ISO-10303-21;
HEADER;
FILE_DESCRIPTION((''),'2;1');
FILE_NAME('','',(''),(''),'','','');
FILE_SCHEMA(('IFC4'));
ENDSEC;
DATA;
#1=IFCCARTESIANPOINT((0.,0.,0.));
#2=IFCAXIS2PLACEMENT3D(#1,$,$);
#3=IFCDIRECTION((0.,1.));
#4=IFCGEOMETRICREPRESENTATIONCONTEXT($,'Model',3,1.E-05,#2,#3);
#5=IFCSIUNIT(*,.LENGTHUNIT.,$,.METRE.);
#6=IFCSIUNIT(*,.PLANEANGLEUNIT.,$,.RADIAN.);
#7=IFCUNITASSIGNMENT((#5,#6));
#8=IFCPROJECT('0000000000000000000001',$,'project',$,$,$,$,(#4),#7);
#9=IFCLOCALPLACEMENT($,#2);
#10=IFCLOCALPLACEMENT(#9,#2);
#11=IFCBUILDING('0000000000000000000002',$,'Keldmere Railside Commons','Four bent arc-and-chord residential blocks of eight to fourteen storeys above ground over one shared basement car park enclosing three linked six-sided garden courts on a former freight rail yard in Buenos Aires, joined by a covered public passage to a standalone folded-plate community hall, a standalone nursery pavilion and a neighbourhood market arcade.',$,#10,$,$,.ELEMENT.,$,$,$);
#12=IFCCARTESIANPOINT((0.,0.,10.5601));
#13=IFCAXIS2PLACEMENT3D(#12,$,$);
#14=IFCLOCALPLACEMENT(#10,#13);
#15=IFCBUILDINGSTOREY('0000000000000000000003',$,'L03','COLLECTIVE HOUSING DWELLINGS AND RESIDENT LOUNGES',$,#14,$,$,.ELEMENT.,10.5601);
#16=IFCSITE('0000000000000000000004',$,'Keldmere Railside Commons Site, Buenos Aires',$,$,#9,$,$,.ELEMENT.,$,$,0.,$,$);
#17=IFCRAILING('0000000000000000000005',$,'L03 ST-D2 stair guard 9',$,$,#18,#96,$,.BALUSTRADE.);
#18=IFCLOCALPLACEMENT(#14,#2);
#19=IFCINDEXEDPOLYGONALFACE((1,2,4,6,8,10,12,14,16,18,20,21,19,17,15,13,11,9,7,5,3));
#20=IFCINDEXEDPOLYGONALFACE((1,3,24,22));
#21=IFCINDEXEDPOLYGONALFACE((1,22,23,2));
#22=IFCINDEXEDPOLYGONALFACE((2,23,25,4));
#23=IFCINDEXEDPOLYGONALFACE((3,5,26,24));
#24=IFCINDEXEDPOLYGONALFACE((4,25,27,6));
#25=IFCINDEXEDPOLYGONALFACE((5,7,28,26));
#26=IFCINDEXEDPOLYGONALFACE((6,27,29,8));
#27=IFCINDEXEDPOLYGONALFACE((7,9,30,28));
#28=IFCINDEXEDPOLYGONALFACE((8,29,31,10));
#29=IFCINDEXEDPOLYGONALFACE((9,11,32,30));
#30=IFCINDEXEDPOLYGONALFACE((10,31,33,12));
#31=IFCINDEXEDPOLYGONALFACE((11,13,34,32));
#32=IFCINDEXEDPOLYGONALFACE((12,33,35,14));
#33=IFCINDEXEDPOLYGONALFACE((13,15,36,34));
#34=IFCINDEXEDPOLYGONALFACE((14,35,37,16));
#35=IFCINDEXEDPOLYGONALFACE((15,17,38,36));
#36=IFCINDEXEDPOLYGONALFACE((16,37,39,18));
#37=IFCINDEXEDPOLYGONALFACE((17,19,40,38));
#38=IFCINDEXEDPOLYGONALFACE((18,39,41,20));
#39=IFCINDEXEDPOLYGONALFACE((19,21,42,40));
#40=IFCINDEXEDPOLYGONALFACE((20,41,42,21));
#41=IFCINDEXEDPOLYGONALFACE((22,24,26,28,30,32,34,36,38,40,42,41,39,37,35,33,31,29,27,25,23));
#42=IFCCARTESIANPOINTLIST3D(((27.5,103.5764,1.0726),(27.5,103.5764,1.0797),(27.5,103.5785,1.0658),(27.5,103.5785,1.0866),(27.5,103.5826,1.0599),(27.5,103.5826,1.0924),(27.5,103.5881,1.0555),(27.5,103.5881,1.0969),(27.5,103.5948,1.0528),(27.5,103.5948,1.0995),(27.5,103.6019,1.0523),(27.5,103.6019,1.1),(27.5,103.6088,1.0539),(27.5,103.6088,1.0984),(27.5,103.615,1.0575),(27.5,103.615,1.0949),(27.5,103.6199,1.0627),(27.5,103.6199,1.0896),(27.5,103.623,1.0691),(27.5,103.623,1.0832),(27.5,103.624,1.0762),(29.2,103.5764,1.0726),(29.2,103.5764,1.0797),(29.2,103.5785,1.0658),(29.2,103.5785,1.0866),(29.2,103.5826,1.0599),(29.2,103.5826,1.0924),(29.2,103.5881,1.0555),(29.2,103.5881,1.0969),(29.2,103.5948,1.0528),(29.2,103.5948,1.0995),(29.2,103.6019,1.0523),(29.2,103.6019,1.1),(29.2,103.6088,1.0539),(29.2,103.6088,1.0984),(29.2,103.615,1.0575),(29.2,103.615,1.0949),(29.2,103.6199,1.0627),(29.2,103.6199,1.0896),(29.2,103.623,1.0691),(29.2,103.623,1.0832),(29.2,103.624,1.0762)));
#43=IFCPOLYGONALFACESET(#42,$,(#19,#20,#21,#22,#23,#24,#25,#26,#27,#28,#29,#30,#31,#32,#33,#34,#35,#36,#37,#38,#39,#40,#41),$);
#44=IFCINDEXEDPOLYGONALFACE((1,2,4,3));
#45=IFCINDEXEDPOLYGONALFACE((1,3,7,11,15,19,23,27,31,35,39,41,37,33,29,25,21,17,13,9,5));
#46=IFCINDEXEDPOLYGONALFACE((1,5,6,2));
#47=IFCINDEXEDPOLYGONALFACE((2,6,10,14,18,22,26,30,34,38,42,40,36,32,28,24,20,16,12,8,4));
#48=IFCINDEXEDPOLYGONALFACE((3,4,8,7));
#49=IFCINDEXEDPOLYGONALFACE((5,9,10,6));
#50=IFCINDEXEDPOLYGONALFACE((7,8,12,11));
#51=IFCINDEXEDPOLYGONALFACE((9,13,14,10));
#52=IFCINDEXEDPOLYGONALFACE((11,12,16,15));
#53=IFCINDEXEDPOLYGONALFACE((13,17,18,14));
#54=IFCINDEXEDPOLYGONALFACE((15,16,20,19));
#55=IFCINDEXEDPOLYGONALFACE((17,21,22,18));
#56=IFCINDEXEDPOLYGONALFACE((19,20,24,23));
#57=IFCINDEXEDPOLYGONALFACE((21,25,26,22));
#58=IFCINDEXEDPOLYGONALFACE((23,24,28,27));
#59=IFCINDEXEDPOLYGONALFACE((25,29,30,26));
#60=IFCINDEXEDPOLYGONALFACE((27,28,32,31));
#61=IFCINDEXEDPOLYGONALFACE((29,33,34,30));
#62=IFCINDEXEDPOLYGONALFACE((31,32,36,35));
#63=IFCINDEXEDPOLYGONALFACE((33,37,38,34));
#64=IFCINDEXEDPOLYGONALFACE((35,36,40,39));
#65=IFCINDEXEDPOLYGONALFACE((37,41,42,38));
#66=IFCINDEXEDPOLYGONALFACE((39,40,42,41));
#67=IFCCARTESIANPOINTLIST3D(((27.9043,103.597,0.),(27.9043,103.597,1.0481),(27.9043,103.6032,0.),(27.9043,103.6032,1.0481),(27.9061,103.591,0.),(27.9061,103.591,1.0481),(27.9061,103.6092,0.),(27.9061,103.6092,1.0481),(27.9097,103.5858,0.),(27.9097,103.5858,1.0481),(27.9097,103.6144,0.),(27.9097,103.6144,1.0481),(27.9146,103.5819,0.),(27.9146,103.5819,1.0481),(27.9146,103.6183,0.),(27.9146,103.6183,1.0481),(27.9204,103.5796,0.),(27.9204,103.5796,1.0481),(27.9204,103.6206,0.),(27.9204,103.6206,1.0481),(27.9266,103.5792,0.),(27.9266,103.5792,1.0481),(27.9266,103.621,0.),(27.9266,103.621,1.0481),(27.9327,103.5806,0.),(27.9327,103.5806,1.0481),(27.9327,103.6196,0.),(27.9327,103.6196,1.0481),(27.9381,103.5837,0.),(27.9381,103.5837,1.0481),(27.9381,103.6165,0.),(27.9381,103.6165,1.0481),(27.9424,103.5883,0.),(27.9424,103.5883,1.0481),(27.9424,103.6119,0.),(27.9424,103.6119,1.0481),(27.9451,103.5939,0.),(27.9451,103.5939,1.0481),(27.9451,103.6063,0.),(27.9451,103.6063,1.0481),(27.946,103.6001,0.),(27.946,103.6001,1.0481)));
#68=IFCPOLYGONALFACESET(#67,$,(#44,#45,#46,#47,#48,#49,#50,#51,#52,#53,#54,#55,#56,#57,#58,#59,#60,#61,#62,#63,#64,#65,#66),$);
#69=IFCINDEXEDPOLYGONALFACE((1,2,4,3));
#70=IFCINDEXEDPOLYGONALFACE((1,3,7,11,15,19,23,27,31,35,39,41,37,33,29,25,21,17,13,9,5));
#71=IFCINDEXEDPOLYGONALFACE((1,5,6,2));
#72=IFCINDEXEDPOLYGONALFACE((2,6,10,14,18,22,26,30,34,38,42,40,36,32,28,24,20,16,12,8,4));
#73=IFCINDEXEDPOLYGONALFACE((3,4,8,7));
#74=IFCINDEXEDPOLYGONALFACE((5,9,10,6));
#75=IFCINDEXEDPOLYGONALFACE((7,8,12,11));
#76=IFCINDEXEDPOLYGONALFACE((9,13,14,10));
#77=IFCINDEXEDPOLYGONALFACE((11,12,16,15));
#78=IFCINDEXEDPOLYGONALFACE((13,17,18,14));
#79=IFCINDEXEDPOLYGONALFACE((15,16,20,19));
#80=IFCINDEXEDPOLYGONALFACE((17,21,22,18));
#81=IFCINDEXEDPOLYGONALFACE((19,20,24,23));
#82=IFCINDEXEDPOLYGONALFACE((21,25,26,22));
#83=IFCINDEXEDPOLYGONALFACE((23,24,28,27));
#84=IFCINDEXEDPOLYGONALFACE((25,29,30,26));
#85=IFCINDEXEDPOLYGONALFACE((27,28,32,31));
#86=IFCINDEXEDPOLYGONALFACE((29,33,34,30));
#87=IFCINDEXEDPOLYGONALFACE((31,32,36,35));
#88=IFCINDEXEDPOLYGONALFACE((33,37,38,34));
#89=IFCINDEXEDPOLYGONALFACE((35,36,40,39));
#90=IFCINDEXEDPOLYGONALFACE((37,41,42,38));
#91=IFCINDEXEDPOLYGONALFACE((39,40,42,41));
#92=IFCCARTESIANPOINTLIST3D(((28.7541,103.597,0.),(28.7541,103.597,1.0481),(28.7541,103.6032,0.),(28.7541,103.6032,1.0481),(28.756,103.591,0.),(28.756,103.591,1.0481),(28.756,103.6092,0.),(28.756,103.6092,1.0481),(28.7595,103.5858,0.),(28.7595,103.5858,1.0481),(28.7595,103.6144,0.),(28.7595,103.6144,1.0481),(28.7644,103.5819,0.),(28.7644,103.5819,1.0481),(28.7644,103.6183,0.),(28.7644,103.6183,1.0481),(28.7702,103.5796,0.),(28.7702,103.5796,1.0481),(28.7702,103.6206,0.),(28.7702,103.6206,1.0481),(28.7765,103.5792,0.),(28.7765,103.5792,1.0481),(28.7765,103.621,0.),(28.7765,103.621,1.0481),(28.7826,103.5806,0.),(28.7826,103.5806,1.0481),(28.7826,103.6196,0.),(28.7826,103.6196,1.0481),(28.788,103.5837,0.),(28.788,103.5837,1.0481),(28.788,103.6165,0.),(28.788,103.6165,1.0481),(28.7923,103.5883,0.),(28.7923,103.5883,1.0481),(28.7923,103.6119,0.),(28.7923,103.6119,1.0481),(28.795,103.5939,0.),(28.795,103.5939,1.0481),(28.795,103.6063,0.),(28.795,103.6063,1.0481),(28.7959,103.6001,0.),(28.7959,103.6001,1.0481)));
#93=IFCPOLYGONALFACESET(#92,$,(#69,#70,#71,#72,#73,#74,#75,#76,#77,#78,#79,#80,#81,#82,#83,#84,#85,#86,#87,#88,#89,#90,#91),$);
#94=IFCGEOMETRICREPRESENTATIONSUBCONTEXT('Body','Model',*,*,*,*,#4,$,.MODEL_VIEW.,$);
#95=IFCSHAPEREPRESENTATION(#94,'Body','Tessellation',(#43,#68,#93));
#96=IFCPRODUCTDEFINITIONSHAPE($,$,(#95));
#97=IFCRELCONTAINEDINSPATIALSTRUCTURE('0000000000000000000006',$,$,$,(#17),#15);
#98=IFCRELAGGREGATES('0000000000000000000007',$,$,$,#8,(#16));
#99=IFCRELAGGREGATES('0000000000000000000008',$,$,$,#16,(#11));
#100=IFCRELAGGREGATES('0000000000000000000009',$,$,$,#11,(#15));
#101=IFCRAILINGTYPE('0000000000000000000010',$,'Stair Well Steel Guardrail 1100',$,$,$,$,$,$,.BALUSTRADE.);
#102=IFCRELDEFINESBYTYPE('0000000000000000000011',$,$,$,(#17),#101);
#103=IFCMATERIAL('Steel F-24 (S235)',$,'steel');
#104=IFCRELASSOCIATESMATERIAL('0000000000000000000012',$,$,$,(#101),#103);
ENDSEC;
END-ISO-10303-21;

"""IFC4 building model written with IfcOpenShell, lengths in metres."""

from ifc_helpers import new_model, si_unit, direction, frame, origin, origin_2d, place, context, subcontext, project, spatial, circle, extrude, material, type_object, element, save


model = new_model("IFC4")

# Units and contexts
model_context = context("Model", 3, precision=1e-05, world=origin(), true_north=direction((0.0, 1.0)))
body_context = subcontext(model_context, "Body", "Model", "MODEL_VIEW")
ifc_project = project(units=[si_unit("LENGTHUNIT", "METRE"), si_unit("PLANEANGLEUNIT", "RADIAN")], contexts=[model_context])

# Site, building, storey
site_placement = place(None, origin())
site = spatial("IfcSite", under=ifc_project, at=site_placement, Name="Keldmere Railside Commons Site, Buenos Aires", CompositionType="ELEMENT", RefElevation=0.0)
building_placement = place(site_placement, origin())
building = spatial("IfcBuilding", under=site, at=building_placement, Name="Keldmere Railside Commons", Description="Four bent arc-and-chord residential blocks of eight to fourteen storeys above ground over one shared basement car park enclosing three linked six-sided garden courts on a former freight rail yard in Buenos Aires, joined by a covered public passage to a standalone folded-plate community hall, a standalone nursery pavilion and a neighbourhood market arcade.", CompositionType="ELEMENT")
storey_placement = place(building_placement, frame((0.0, 0.0, 10.5601)))
storey = spatial("IfcBuildingStorey", under=building, at=storey_placement, Name="L03", Description="COLLECTIVE HOUSING DWELLINGS AND RESIDENT LOUNGES", CompositionType="ELEMENT", Elevation=10.5601)

# Railing
ifc_material_1 = material(Name="Steel F-24 (S235)", Category="steel")
railing_type = type_object("IfcRailingType", Name="Stair Well Steel Guardrail 1100", PredefinedType="BALUSTRADE", material=ifc_material_1)
for number, where, name in (
    (1, (27.5, 103.6001, 0.0), "L03 ST-D2 stair guard 9"),
):
    element("IfcRailing", number, at=place(storey_placement, frame(where)), inside=storey, type_object=railing_type, Name=name, PredefinedType="BALUSTRADE", context=body_context, shape_type="SweptSolid", body=[
        extrude(circle(Radius=0.0239, at=origin_2d()), frame((0.0, 0.0, 1.0762), z_axis=(1.0, 0.0, 0.0), x_axis=(0.0, 1.0, 0.0)), (0.0, 0.0, 1.0), 1.7),
        extrude(circle(Radius=0.021, at=origin_2d()), frame((0.425, 0.0, 0.0)), (0.0, 0.0, 1.0), 1.0481),
        extrude(circle(Radius=0.021, at=origin_2d()), frame((1.2749, 0.0, 0.0)), (0.0, 0.0, 1.0), 1.0481),
    ])

save(model, "model.ifc")
